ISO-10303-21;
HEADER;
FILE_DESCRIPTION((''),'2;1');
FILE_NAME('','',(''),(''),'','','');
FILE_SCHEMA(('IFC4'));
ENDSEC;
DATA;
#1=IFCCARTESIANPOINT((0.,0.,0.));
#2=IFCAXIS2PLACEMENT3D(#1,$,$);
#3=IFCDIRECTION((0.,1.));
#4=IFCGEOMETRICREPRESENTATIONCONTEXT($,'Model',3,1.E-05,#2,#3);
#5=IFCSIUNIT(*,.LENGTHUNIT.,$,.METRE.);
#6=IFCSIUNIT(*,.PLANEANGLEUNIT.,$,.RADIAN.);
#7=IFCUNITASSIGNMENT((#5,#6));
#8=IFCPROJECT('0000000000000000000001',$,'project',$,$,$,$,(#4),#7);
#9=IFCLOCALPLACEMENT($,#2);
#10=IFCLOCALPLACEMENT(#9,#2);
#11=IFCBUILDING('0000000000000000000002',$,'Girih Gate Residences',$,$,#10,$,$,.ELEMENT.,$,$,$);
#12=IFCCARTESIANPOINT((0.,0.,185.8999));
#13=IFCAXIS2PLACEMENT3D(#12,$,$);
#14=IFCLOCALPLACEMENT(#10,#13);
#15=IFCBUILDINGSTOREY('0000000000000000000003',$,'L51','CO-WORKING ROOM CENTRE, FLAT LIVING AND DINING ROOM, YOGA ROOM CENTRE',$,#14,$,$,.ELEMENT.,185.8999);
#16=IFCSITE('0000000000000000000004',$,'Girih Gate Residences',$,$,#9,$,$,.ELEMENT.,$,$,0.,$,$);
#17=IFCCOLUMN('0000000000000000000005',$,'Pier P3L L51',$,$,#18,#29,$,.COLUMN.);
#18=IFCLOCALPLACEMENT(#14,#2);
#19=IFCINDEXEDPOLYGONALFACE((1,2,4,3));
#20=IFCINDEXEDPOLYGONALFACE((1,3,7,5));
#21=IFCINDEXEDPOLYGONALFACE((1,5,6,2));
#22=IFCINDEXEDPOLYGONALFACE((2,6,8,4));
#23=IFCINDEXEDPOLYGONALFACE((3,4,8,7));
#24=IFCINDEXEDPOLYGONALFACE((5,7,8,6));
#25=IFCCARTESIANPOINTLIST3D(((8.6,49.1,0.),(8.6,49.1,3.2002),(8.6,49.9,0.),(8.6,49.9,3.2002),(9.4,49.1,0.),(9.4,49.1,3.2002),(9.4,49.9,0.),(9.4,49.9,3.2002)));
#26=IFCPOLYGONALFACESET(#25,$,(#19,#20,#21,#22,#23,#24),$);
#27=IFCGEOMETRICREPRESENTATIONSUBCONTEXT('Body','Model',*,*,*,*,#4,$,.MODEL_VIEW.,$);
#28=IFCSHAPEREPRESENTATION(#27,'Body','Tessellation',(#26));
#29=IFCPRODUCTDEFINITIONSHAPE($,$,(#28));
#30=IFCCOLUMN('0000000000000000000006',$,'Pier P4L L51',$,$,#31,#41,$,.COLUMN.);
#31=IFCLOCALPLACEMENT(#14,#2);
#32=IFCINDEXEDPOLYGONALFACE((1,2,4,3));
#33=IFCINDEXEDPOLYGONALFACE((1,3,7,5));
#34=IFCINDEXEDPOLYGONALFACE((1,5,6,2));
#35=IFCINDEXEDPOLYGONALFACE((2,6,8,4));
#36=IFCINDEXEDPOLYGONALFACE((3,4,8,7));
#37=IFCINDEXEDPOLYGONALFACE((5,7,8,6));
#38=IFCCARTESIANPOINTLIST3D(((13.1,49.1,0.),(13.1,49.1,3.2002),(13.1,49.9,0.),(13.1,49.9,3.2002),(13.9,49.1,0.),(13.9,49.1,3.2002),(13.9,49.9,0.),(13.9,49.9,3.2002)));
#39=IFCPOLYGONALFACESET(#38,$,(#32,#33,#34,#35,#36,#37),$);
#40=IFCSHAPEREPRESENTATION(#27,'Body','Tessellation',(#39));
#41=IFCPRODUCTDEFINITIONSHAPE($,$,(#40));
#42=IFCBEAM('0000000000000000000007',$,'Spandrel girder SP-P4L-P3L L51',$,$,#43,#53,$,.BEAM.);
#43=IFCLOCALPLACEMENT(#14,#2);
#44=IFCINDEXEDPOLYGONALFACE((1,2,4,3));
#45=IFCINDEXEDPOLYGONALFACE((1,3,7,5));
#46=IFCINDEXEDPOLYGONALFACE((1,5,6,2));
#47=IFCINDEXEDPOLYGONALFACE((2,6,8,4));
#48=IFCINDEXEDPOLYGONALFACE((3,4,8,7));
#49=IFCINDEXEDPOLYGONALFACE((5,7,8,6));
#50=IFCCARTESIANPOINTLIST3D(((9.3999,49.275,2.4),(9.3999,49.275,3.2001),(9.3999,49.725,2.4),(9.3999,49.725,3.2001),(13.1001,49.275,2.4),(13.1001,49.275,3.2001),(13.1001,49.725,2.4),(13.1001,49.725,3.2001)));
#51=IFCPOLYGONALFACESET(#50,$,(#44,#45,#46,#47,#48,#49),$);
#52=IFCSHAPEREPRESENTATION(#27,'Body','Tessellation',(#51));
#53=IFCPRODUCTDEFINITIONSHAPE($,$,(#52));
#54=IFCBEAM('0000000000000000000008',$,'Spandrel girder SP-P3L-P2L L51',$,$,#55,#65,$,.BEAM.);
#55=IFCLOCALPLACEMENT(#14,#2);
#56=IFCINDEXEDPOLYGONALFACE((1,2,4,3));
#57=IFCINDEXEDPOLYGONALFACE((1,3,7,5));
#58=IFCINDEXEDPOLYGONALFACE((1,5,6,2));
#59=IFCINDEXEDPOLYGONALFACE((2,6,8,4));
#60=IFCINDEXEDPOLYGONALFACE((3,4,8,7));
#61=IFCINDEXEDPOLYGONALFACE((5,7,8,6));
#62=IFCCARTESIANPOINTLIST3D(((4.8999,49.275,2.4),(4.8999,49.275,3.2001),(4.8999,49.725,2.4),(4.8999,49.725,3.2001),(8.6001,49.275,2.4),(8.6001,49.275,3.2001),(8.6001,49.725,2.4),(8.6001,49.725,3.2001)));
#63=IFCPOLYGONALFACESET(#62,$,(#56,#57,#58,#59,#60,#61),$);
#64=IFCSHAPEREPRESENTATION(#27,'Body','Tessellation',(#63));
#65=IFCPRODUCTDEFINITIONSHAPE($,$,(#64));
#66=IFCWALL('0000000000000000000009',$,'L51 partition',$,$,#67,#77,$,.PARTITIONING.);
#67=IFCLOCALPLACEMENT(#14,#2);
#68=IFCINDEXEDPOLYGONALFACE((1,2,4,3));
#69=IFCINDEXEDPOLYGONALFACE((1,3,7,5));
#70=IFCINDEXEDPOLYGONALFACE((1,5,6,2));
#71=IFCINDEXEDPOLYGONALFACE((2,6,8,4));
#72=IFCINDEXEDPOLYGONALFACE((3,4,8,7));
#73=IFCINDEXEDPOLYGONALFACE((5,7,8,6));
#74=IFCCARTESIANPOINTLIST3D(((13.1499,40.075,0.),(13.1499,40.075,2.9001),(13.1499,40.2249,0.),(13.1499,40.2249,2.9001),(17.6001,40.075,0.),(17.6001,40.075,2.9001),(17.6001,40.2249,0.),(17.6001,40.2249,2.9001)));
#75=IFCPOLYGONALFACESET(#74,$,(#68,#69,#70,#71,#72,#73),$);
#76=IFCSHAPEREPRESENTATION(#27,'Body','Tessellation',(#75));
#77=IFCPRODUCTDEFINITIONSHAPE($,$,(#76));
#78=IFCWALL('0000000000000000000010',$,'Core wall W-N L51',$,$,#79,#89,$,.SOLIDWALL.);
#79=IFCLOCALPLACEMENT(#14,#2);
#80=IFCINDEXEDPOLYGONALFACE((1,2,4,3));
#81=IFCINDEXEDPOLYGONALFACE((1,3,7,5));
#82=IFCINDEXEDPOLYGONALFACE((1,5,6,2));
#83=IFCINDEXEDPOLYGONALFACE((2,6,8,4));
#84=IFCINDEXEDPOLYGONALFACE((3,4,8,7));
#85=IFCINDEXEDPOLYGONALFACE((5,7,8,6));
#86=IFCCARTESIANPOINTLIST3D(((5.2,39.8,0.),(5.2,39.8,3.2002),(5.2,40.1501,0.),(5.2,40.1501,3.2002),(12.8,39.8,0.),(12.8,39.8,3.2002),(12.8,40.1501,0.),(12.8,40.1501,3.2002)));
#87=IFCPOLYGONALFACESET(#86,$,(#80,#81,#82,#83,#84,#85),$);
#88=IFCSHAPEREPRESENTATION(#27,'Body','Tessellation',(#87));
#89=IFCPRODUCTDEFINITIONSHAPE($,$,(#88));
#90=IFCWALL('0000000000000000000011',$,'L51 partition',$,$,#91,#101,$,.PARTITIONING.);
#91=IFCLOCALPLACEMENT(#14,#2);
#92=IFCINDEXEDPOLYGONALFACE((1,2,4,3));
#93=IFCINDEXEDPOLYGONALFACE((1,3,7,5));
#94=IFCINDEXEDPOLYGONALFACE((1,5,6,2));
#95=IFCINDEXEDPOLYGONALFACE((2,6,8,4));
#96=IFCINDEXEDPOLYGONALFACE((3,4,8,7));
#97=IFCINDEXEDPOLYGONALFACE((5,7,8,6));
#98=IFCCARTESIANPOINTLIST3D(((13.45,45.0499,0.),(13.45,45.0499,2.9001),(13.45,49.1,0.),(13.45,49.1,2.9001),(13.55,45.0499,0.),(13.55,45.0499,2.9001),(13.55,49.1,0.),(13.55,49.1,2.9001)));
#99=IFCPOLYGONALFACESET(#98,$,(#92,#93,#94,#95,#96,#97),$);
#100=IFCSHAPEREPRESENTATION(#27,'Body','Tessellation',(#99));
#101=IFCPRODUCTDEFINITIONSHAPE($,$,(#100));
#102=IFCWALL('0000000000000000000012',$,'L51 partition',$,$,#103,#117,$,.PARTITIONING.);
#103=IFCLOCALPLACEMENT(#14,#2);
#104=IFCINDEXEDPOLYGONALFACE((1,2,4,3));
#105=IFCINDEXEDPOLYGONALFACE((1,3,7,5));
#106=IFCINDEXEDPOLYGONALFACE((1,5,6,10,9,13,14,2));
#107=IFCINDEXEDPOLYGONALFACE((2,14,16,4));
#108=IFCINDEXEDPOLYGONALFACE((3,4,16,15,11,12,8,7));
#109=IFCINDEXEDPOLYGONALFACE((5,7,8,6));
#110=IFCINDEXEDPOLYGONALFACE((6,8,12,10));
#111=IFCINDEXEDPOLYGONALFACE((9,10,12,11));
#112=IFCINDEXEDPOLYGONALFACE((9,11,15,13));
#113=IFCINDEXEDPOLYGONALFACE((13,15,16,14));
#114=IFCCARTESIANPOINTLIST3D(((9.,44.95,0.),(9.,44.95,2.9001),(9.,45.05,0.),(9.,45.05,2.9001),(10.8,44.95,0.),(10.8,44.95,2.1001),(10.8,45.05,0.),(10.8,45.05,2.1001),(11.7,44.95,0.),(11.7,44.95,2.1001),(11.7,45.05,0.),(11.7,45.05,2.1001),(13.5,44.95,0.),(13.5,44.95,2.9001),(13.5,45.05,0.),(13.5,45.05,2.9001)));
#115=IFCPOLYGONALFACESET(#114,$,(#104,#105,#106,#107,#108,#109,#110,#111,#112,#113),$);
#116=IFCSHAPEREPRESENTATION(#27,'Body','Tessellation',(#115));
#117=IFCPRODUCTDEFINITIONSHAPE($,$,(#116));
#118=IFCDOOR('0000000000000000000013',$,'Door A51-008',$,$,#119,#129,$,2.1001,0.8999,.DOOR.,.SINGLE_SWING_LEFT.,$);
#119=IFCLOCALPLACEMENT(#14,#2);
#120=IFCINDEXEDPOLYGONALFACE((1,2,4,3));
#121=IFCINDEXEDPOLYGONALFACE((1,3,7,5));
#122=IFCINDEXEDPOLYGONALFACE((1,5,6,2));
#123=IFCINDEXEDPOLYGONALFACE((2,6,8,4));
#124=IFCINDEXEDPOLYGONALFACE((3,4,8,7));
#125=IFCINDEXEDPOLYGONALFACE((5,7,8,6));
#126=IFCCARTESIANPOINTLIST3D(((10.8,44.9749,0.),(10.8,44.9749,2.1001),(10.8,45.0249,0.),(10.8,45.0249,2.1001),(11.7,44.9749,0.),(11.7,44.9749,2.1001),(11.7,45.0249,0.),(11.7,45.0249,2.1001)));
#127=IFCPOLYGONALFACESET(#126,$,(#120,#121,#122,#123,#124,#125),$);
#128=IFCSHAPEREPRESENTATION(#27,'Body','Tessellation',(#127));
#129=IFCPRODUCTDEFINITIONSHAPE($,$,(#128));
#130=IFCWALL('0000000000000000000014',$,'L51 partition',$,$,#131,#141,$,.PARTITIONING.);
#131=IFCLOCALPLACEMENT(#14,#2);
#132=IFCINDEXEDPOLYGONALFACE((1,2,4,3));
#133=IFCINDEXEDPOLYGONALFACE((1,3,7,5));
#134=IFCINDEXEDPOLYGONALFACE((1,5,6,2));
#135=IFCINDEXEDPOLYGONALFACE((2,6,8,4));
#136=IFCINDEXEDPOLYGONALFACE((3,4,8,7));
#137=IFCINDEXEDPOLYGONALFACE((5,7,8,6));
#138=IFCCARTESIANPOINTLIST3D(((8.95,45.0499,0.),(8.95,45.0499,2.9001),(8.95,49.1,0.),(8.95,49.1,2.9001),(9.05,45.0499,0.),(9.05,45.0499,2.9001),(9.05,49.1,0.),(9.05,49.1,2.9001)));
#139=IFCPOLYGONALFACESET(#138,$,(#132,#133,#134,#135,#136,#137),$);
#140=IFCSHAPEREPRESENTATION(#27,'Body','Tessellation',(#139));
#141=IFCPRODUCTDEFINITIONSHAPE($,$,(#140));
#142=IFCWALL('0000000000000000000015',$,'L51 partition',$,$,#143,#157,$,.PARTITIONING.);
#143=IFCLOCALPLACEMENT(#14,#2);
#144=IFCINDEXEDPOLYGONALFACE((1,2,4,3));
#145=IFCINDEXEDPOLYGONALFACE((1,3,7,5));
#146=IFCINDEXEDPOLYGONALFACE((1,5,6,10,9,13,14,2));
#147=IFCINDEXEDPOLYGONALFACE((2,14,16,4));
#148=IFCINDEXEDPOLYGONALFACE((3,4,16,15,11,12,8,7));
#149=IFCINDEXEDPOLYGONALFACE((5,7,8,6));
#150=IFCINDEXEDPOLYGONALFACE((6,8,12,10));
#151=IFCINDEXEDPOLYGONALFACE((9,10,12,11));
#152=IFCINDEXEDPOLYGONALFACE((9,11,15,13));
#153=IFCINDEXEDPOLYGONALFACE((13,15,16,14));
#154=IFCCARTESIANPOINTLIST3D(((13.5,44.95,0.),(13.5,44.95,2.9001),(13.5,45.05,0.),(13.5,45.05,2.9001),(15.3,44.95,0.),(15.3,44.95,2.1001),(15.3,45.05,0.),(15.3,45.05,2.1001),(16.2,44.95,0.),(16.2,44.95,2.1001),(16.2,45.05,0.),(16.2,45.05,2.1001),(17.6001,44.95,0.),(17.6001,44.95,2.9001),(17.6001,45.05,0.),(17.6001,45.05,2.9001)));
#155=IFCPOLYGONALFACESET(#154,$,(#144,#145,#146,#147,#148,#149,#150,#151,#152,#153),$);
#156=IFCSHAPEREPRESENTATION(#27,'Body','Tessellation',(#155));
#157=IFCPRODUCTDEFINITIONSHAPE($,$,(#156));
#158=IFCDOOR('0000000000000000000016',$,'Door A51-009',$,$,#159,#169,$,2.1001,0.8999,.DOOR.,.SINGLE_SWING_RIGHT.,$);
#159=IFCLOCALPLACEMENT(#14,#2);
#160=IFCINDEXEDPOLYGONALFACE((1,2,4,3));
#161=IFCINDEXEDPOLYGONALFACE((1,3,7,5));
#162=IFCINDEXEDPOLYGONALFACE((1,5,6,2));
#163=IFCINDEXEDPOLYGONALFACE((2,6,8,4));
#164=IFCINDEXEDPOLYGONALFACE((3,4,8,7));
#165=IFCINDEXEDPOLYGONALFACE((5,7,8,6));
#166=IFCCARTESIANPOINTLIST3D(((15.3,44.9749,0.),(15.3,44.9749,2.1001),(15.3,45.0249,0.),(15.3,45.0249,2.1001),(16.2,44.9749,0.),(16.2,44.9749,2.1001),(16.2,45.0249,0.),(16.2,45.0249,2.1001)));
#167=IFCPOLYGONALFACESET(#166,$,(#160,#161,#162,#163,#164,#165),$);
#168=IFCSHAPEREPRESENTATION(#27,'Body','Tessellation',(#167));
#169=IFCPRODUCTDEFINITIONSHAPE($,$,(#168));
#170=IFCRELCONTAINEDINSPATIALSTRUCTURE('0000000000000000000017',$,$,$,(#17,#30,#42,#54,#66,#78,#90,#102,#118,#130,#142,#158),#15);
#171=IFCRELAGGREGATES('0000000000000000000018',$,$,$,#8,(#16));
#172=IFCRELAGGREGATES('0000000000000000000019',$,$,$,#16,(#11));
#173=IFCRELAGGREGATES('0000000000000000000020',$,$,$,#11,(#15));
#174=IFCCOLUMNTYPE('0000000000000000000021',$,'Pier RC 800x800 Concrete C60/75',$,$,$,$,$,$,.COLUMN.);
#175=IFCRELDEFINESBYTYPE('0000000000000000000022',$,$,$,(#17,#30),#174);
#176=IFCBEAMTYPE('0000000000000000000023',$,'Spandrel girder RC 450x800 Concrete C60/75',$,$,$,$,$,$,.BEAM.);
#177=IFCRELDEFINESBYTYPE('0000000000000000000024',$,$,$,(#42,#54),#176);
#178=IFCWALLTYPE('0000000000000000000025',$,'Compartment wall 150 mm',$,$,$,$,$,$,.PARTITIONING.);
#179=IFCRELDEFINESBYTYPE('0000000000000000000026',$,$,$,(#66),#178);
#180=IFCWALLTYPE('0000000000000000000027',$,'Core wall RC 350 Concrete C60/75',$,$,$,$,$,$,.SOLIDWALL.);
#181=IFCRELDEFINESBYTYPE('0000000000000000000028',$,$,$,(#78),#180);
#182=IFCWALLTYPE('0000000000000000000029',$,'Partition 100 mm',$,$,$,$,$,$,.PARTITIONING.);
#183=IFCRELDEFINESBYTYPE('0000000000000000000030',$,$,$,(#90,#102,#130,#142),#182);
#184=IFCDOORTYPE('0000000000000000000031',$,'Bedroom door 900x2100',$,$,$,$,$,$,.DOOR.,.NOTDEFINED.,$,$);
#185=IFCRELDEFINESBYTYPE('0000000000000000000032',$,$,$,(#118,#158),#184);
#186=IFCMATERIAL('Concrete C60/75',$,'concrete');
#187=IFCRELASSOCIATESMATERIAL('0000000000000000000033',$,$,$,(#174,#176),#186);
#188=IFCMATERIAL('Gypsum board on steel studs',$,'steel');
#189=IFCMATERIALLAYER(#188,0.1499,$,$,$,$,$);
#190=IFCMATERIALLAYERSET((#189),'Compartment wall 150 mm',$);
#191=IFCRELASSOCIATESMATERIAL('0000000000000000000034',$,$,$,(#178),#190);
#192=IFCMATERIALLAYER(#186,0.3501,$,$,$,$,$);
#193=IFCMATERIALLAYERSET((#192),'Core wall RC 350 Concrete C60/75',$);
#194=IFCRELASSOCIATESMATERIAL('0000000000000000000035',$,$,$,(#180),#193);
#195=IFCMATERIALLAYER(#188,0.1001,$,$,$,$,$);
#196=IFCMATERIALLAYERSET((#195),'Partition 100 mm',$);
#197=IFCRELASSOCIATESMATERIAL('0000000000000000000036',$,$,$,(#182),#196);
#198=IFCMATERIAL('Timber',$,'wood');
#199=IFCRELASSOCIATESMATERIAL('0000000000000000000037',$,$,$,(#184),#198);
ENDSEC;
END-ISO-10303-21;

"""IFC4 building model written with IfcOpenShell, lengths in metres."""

from ifc_helpers import new_model, si_unit, direction, frame, frame_2d, origin, origin_2d, place, context, subcontext, project, spatial, rectangle, extrude, material, layer, layer_set, material_profile, profile_set, type_object, element, fill, save


model = new_model("IFC4")

# Units and contexts
model_context = context("Model", 3, precision=1e-05, world=origin(), true_north=direction((0.0, 1.0)))
body_context = subcontext(model_context, "Body", "Model", "MODEL_VIEW")
ifc_project = project(units=[si_unit("LENGTHUNIT", "METRE"), si_unit("PLANEANGLEUNIT", "RADIAN")], contexts=[model_context])

# Site, building, storey
site_placement = place(None, origin())
site = spatial("IfcSite", under=ifc_project, at=site_placement, Name="Girih Gate Residences", CompositionType="ELEMENT", RefElevation=0.0)
building_placement = place(site_placement, origin())
building = spatial("IfcBuilding", under=site, at=building_placement, Name="Girih Gate Residences", CompositionType="ELEMENT")
storey_placement = place(building_placement, frame((0.0, 0.0, 185.8999)))
storey = spatial("IfcBuildingStorey", under=building, at=storey_placement, Name="L51", Description="CO-WORKING ROOM CENTRE, FLAT LIVING AND DINING ROOM, YOGA ROOM CENTRE", CompositionType="ELEMENT", Elevation=185.8999)

# Columns
ifc_material_1 = material(Name="Concrete C60/75", Category="concrete")
ifc_material_profile_1 = material_profile(ifc_material_1, rectangle(XDim=0.8, YDim=0.8, at=origin_2d()))
ifc_profile_set_1 = profile_set([ifc_material_profile_1], Name="Concrete C60/75")
column_type = type_object("IfcColumnType", Name="Pier RC 800x800 Concrete C60/75", PredefinedType="COLUMN", material=ifc_profile_set_1)
for number, where, z_axis, x_axis, name in (
    (1, (9.0, 49.5, 0.0), (0.0, 0.0, 1.0), (1.0, 0.0, 0.0), "Pier P3L L51"),
    (2, (13.5, 49.5, 0.0), (0.0, 0.0, 1.0), (1.0, 0.0, 0.0), "Pier P4L L51"),
):
    element("IfcColumn", number, at=place(storey_placement, frame(where, z_axis=z_axis, x_axis=x_axis)), inside=storey, type_object=column_type, Name=name, PredefinedType="COLUMN", context=body_context, shape_type="SweptSolid", body=[
        extrude(rectangle(XDim=0.8, YDim=0.8, at=origin_2d()), origin(), (0.0, 0.0, 1.0), 3.2002),
    ])

# Beams
ifc_material_profile_2 = material_profile(ifc_material_1, rectangle(XDim=0.45, YDim=0.8, at=origin_2d()))
ifc_profile_set_2 = profile_set([ifc_material_profile_2], Name="Concrete C60/75")
beam_type = type_object("IfcBeamType", Name="Spandrel girder RC 450x800 Concrete C60/75", PredefinedType="BEAM", material=ifc_profile_set_2)
for number, where, z_axis, x_axis, name in (
    (3, (13.1001, 49.5, 2.8), (-1.0, 0.0, 0.0), (0.0, -1.0, 0.0), "Spandrel girder SP-P4L-P3L L51"),
    (4, (8.6001, 49.5, 2.8), (-1.0, 0.0, 0.0), (0.0, -1.0, 0.0), "Spandrel girder SP-P3L-P2L L51"),
):
    element("IfcBeam", number, at=place(storey_placement, frame(where, z_axis=z_axis, x_axis=x_axis)), inside=storey, type_object=beam_type, Name=name, PredefinedType="BEAM", context=body_context, shape_type="SweptSolid", body=[
        extrude(rectangle(XDim=0.45, YDim=0.8, at=origin_2d()), origin(), (0.0, 0.0, 1.0), 3.7002),
    ])

# Walls
ifc_material_2 = material(Name="Gypsum board on steel studs", Category="steel")
ifc_layer_1 = layer(ifc_material_2, 0.1499)
ifc_layer_set_1 = layer_set([ifc_layer_1], Name="Compartment wall 150 mm")
wall_type_1 = type_object("IfcWallType", Name="Compartment wall 150 mm", PredefinedType="PARTITIONING", material=ifc_layer_set_1)
wall_1_placement = place(storey_placement, frame((13.1499, 40.1499, 0.0), z_axis=(0.0, 0.0, 1.0), x_axis=(1.0, 0.0, 0.0)))
element("IfcWall", 5, at=wall_1_placement, inside=storey, type_object=wall_type_1, Name="L51 partition", PredefinedType="PARTITIONING", context=body_context, shape_type="SweptSolid", body=[
    extrude(rectangle(XDim=4.4502, YDim=0.1499, at=frame_2d((2.2251, 0.0))), origin(), (0.0, 0.0, 1.0), 2.9001),
])
ifc_layer_2 = layer(ifc_material_1, 0.3501)
ifc_layer_set_2 = layer_set([ifc_layer_2], Name="Core wall RC 350 Concrete C60/75")
wall_type_2 = type_object("IfcWallType", Name="Core wall RC 350 Concrete C60/75", PredefinedType="SOLIDWALL", material=ifc_layer_set_2)
wall_2_placement = place(storey_placement, frame((5.2, 39.9751, 0.0), z_axis=(0.0, 0.0, 1.0), x_axis=(1.0, 0.0, 0.0)))
element("IfcWall", 6, at=wall_2_placement, inside=storey, type_object=wall_type_2, Name="Core wall W-N L51", PredefinedType="SOLIDWALL", context=body_context, shape_type="SweptSolid", body=[
    extrude(rectangle(XDim=7.6001, YDim=0.3501, at=frame_2d((3.8, 0.0))), origin(), (0.0, 0.0, 1.0), 3.2002),
])
ifc_layer_3 = layer(ifc_material_2, 0.1001)
ifc_layer_set_3 = layer_set([ifc_layer_3], Name="Partition 100 mm")
wall_type_3 = type_object("IfcWallType", Name="Partition 100 mm", PredefinedType="PARTITIONING", material=ifc_layer_set_3)
wall_3_placement = place(storey_placement, frame((13.5, 45.05, 0.0), z_axis=(0.0, 0.0, 1.0), x_axis=(0.0, 1.0, 0.0)))
element("IfcWall", 7, at=wall_3_placement, inside=storey, type_object=wall_type_3, Name="L51 partition", PredefinedType="PARTITIONING", context=body_context, shape_type="SweptSolid", body=[
    extrude(rectangle(XDim=4.05, YDim=0.1001, at=frame_2d((2.0249, 0.0))), origin(), (0.0, 0.0, 1.0), 2.9001),
])

# Wall, opening, door
wall_4_placement = place(storey_placement, frame((9.0, 45.0, 0.0), z_axis=(0.0, 0.0, 1.0), x_axis=(1.0, 0.0, 0.0)))
wall_4 = element("IfcWall", 8, at=wall_4_placement, inside=storey, type_object=wall_type_3, Name="L51 partition", PredefinedType="PARTITIONING", context=body_context, shape_type="SweptSolid", body=[
    extrude(rectangle(XDim=4.5, YDim=0.1001, at=frame_2d((2.25, 0.0))), origin(), (0.0, 0.0, 1.0), 2.9001),
])
opening_1_placement = place(wall_4_placement, frame((1.8, 0.0, 0.0)))
opening_1 = element("IfcOpeningElement", 9, at=opening_1_placement, cuts=wall_4, PredefinedType="OPENING", context=body_context, shape_type="SweptSolid", body=[
    extrude(rectangle(XDim=0.8999, YDim=2.1001, at=frame_2d((0.45, 1.05))), frame((0.0, 0.0601, 0.0), z_axis=(0.0, -1.0, 0.0), x_axis=(1.0, 0.0, 0.0)), (0.0, 0.0, 1.0), 0.1201),
])
ifc_material_3 = material(Name="Timber", Category="wood")
door_type_1 = type_object("IfcDoorType", Name="Bedroom door 900x2100", OperationType="NOTDEFINED", PredefinedType="DOOR", material=ifc_material_3)
door_1_placement = place(opening_1_placement, origin())
door_1 = element("IfcDoor", 10, at=door_1_placement, inside=storey, type_object=door_type_1, Name="Door A51-008", OperationType="SINGLE_SWING_LEFT", OverallHeight=2.1001, OverallWidth=0.8999, PredefinedType="DOOR", context=body_context, shape_type="SweptSolid", body=[
    extrude(rectangle(XDim=0.8999, YDim=2.1001, at=frame_2d((0.45, 1.05))), frame((0.0, 0.0249, 0.0), z_axis=(0.0, -1.0, 0.0), x_axis=(1.0, 0.0, 0.0)), (0.0, 0.0, 1.0), 0.05),
])
fill(opening_1, door_1)

# Wall
wall_5_placement = place(storey_placement, frame((9.0, 45.05, 0.0), z_axis=(0.0, 0.0, 1.0), x_axis=(0.0, 1.0, 0.0)))
element("IfcWall", 11, at=wall_5_placement, inside=storey, type_object=wall_type_3, Name="L51 partition", PredefinedType="PARTITIONING", context=body_context, shape_type="SweptSolid", body=[
    extrude(rectangle(XDim=4.05, YDim=0.1001, at=frame_2d((2.0249, 0.0))), origin(), (0.0, 0.0, 1.0), 2.9001),
])

# Wall, opening, door
wall_6_placement = place(storey_placement, frame((13.5, 45.0, 0.0), z_axis=(0.0, 0.0, 1.0), x_axis=(1.0, 0.0, 0.0)))
wall_6 = element("IfcWall", 12, at=wall_6_placement, inside=storey, type_object=wall_type_3, Name="L51 partition", PredefinedType="PARTITIONING", context=body_context, shape_type="SweptSolid", body=[
    extrude(rectangle(XDim=4.1001, YDim=0.1001, at=frame_2d((2.05, 0.0))), origin(), (0.0, 0.0, 1.0), 2.9001),
])
opening_2_placement = place(wall_6_placement, frame((1.8, 0.0, 0.0)))
opening_2 = element("IfcOpeningElement", 13, at=opening_2_placement, cuts=wall_6, PredefinedType="OPENING", context=body_context, shape_type="SweptSolid", body=[
    extrude(rectangle(XDim=0.8999, YDim=2.1001, at=frame_2d((0.45, 1.05))), frame((0.0, 0.0601, 0.0), z_axis=(0.0, -1.0, 0.0), x_axis=(1.0, 0.0, 0.0)), (0.0, 0.0, 1.0), 0.1201),
])
door_2_placement = place(opening_2_placement, origin())
door_2 = element("IfcDoor", 14, at=door_2_placement, inside=storey, type_object=door_type_1, Name="Door A51-009", OperationType="SINGLE_SWING_RIGHT", OverallHeight=2.1001, OverallWidth=0.8999, PredefinedType="DOOR", context=body_context, shape_type="SweptSolid", body=[
    extrude(rectangle(XDim=0.8999, YDim=2.1001, at=frame_2d((0.45, 1.05))), frame((0.0, 0.0249, 0.0), z_axis=(0.0, -1.0, 0.0), x_axis=(1.0, 0.0, 0.0)), (0.0, 0.0, 1.0), 0.05),
])
fill(opening_2, door_2)

save(model, "model.ifc")
